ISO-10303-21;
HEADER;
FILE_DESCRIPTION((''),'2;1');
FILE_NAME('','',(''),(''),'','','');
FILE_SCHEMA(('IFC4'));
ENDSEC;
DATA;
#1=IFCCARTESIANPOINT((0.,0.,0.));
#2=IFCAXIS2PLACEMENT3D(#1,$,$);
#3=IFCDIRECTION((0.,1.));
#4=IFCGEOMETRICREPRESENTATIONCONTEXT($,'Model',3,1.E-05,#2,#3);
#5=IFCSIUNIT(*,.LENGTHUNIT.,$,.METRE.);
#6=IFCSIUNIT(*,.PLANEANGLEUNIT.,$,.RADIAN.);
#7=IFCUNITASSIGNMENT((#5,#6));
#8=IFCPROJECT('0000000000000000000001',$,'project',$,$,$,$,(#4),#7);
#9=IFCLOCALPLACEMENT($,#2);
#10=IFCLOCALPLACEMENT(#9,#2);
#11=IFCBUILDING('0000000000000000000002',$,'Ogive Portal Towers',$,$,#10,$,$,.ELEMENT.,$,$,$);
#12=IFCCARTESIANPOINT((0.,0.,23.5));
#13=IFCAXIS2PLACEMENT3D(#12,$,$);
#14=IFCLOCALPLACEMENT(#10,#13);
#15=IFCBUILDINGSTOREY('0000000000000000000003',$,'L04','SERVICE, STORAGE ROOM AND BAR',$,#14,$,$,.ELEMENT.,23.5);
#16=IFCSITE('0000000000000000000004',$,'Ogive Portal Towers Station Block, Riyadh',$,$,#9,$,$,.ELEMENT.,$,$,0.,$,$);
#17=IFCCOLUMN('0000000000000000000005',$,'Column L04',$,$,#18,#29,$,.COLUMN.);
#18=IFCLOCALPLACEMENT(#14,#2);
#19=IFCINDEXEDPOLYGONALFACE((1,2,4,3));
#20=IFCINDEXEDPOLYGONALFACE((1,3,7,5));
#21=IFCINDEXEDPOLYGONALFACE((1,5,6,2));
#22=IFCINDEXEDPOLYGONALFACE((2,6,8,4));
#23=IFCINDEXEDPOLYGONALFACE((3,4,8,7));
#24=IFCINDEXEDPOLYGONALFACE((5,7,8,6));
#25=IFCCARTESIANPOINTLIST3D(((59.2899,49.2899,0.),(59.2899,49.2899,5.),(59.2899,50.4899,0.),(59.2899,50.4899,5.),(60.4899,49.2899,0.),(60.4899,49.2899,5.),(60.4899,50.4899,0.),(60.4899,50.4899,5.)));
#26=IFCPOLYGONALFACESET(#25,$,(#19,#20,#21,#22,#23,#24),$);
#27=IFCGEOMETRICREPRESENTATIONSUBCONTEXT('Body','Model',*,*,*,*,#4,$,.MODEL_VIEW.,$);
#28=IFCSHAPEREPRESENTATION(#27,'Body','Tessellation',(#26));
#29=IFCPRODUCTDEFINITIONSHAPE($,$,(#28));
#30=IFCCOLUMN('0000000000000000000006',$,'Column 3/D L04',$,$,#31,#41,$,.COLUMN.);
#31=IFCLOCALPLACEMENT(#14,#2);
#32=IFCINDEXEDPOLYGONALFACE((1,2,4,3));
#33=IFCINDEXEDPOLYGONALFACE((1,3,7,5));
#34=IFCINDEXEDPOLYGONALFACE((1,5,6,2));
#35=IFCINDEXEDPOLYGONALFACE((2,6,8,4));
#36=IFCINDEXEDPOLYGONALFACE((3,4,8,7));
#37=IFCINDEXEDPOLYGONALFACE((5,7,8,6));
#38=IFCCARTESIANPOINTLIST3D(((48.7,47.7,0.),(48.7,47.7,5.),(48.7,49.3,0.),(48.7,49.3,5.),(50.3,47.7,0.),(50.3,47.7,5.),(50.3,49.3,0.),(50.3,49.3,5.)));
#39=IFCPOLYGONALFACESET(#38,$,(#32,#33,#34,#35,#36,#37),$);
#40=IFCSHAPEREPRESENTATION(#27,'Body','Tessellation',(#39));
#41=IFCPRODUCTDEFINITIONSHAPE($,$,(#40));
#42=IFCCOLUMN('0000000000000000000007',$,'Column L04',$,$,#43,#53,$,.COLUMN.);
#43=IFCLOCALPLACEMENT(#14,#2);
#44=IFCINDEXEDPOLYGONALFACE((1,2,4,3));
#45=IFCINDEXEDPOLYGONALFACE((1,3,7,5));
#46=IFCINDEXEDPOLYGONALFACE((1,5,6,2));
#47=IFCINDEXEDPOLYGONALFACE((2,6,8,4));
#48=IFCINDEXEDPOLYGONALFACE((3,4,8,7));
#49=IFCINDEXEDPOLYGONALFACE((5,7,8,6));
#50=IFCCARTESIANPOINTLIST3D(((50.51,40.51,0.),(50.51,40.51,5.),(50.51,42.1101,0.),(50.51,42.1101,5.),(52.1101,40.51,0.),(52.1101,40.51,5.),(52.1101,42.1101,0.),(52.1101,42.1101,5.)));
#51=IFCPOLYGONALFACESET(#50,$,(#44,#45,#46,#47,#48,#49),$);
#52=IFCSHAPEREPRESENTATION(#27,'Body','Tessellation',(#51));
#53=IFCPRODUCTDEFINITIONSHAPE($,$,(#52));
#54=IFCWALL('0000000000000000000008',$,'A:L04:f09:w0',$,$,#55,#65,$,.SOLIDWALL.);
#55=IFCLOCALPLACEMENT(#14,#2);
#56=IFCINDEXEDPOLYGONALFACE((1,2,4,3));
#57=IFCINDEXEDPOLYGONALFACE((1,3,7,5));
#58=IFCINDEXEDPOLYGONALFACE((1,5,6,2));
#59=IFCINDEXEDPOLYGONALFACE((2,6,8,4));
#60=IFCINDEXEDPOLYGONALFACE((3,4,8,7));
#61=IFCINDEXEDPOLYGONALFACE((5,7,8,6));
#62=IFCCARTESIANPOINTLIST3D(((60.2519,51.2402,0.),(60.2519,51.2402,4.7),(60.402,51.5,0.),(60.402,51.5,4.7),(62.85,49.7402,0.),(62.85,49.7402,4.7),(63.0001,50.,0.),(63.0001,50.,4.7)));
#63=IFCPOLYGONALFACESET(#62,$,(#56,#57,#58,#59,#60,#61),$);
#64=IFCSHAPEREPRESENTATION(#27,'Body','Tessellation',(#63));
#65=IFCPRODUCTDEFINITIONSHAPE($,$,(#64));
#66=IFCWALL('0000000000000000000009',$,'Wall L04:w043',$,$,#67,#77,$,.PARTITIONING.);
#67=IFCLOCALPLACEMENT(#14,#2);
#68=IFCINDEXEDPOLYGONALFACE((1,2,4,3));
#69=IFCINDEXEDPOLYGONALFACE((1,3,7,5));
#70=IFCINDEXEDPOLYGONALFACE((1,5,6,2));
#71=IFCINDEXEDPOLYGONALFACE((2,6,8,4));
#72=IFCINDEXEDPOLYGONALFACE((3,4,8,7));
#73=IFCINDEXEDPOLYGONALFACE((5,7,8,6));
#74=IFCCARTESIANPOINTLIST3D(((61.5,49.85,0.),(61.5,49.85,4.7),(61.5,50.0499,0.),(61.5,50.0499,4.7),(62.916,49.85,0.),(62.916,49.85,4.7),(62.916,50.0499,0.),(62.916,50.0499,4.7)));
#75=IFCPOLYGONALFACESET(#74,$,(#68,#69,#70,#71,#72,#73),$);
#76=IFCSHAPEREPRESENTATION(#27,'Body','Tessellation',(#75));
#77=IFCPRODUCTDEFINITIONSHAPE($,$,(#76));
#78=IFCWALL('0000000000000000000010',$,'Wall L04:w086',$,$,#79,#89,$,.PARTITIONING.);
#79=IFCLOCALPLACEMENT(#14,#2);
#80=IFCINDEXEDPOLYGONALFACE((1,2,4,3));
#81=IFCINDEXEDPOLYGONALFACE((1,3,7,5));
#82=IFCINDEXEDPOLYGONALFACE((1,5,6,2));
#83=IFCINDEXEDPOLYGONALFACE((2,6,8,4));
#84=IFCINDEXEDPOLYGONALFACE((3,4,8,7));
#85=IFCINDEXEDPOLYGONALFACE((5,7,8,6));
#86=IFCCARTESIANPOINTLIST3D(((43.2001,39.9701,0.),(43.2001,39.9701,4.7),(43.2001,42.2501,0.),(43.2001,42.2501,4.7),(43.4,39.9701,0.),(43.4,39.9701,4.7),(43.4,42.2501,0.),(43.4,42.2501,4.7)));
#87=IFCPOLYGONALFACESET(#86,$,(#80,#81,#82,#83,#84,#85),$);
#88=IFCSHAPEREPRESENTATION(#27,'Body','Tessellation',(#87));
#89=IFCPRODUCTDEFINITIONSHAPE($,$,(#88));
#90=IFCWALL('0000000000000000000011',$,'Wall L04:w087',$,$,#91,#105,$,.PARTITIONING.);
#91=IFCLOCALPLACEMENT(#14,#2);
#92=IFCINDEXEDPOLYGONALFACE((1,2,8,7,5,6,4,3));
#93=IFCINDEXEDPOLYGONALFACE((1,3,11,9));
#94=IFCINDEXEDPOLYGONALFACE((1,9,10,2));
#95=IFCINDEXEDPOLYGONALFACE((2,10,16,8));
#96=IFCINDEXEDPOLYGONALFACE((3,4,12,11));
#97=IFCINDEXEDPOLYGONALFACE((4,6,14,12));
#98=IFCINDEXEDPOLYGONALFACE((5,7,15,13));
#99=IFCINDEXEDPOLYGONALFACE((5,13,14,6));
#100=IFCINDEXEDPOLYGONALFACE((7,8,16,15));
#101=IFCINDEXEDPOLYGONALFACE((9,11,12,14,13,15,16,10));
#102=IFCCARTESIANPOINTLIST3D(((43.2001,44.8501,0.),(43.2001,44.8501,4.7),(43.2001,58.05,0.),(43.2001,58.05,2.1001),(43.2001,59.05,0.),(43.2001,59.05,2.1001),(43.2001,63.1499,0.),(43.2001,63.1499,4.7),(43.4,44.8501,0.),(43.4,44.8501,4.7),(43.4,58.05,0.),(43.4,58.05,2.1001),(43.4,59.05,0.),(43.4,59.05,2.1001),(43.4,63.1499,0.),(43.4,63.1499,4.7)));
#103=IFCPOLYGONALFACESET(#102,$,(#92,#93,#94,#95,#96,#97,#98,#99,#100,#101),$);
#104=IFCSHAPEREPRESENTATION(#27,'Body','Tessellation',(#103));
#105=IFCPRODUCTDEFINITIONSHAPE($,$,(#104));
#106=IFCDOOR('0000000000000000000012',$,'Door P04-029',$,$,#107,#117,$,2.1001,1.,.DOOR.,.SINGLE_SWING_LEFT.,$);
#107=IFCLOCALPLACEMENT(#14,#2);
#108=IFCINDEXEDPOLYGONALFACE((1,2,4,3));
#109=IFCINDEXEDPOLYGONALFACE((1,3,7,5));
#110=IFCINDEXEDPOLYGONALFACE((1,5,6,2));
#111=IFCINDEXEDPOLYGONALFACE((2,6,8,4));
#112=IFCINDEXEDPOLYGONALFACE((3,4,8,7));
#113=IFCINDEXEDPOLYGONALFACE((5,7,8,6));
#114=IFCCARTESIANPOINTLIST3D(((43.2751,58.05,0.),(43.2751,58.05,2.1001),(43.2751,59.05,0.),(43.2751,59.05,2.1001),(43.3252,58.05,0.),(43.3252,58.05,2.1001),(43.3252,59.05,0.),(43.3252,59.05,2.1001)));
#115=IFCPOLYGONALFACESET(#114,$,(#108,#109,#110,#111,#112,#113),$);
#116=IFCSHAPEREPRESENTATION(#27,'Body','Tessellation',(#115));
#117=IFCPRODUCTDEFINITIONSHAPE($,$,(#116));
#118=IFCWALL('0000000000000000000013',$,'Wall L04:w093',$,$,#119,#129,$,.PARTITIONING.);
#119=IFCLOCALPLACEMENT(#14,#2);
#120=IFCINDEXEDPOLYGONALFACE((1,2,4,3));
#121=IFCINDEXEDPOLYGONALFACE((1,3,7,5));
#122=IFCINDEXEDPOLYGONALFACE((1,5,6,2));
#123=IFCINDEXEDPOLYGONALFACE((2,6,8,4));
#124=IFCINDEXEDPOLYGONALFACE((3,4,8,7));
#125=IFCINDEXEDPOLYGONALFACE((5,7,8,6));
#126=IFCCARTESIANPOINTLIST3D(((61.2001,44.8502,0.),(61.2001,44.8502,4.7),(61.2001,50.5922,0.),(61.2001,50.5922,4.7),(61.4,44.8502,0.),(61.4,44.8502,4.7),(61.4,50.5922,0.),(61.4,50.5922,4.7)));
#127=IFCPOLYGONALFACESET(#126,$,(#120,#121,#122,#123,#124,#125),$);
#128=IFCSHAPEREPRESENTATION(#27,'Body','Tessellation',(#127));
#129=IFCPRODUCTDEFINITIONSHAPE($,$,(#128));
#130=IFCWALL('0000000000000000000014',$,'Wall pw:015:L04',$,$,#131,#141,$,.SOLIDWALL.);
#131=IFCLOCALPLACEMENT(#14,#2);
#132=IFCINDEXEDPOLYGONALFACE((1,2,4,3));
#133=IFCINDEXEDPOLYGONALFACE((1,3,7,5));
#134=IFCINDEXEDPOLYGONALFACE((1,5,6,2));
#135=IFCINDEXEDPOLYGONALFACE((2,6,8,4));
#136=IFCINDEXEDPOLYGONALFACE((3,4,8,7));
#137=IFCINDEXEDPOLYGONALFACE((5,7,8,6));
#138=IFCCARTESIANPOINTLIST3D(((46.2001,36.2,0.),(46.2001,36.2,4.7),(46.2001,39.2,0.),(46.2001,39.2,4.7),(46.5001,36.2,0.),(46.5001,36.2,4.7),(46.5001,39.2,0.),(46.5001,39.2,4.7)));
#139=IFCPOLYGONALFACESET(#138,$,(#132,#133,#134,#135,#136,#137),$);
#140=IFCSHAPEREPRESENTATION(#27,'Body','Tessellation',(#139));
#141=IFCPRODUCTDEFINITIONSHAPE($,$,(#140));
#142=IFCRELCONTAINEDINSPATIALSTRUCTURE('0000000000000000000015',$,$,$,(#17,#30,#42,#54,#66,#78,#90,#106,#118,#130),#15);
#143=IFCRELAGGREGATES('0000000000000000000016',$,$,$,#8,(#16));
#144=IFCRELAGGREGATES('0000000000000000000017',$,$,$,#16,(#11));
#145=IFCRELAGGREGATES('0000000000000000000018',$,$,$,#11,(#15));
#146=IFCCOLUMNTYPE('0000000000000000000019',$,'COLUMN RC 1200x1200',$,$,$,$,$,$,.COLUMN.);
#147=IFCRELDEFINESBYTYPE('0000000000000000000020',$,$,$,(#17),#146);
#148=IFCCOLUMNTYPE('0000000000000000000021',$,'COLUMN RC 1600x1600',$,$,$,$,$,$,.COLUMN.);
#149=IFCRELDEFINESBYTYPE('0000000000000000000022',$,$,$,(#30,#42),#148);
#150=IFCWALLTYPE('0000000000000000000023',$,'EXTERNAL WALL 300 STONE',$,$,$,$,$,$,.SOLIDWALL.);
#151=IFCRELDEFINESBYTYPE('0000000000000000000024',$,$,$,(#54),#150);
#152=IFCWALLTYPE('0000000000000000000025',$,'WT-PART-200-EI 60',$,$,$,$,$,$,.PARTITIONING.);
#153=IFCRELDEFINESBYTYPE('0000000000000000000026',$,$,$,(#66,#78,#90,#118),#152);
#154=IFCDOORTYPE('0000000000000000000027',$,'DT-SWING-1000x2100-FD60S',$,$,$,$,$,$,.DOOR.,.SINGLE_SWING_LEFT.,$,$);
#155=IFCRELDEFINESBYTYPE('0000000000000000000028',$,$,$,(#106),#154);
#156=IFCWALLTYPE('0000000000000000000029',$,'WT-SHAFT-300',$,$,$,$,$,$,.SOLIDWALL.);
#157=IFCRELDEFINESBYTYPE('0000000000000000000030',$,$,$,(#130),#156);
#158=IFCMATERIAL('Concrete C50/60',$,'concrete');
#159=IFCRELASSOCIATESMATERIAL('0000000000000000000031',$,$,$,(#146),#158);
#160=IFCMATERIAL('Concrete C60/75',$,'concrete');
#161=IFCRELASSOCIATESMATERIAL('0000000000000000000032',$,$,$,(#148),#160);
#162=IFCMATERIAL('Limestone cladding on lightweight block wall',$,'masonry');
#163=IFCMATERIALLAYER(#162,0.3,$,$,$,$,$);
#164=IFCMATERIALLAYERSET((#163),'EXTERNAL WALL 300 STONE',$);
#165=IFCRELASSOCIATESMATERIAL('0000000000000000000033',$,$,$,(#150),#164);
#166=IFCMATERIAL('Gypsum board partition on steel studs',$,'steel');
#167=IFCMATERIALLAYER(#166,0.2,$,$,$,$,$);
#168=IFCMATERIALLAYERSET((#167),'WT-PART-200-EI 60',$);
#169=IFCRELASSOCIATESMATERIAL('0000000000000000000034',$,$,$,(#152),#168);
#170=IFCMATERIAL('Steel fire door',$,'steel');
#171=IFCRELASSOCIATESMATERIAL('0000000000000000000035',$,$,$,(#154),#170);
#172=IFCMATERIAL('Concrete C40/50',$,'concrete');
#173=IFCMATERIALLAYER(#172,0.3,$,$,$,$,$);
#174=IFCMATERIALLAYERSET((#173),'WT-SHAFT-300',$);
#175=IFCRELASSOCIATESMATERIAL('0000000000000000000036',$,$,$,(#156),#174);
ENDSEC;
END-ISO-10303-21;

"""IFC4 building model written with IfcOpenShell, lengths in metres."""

from ifc_helpers import new_model, si_unit, direction, frame, frame_2d, origin, origin_2d, place, context, subcontext, project, spatial, rectangle, extrude, material, layer, layer_set, material_profile, profile_set, type_object, element, fill, save


model = new_model("IFC4")

# Units and contexts
model_context = context("Model", 3, precision=1e-05, world=origin(), true_north=direction((0.0, 1.0)))
body_context = subcontext(model_context, "Body", "Model", "MODEL_VIEW")
ifc_project = project(units=[si_unit("LENGTHUNIT", "METRE"), si_unit("PLANEANGLEUNIT", "RADIAN")], contexts=[model_context])

# Site, building, storey
site_placement = place(None, origin())
site = spatial("IfcSite", under=ifc_project, at=site_placement, Name="Ogive Portal Towers Station Block, Riyadh", CompositionType="ELEMENT", RefElevation=0.0)
building_placement = place(site_placement, origin())
building = spatial("IfcBuilding", under=site, at=building_placement, Name="Ogive Portal Towers", CompositionType="ELEMENT")
storey_placement = place(building_placement, frame((0.0, 0.0, 23.5)))
storey = spatial("IfcBuildingStorey", under=building, at=storey_placement, Name="L04", Description="SERVICE, STORAGE ROOM AND BAR", CompositionType="ELEMENT", Elevation=23.5)

# Columns
ifc_material_1 = material(Name="Concrete C50/60", Category="concrete")
ifc_material_profile_1 = material_profile(ifc_material_1, rectangle(XDim=1.2, YDim=1.2, at=origin_2d()), Name="RC 1200x1200")
ifc_profile_set_1 = profile_set([ifc_material_profile_1], Name="Concrete C50/60")
column_type_1 = type_object("IfcColumnType", Name="COLUMN RC 1200x1200", PredefinedType="COLUMN", material=ifc_profile_set_1)
column_placement = place(storey_placement, frame((59.8899, 49.8899, 0.0), z_axis=(0.0, 0.0, 1.0), x_axis=(1.0, 0.0, 0.0)))
element("IfcColumn", 1, at=column_placement, inside=storey, type_object=column_type_1, Name="Column L04", PredefinedType="COLUMN", context=body_context, shape_type="SweptSolid", body=[
    extrude(rectangle(XDim=1.2, YDim=1.2, at=origin_2d()), origin(), (0.0, 0.0, 1.0), 5.0),
])
ifc_material_2 = material(Name="Concrete C60/75", Category="concrete")
ifc_material_profile_2 = material_profile(ifc_material_2, rectangle(XDim=1.6001, YDim=1.6001, at=origin_2d()), Name="RC 1600x1600")
ifc_profile_set_2 = profile_set([ifc_material_profile_2], Name="Concrete C60/75")
column_type_2 = type_object("IfcColumnType", Name="COLUMN RC 1600x1600", PredefinedType="COLUMN", material=ifc_profile_set_2)
for number, where, z_axis, x_axis, name in (
    (2, (49.5, 48.5, 0.0), (0.0, 0.0, 1.0), (1.0, 0.0, 0.0), "Column 3/D L04"),
    (3, (51.3101, 41.3101, 0.0), (0.0, 0.0, 1.0), (1.0, 0.0, 0.0), "Column L04"),
):
    element("IfcColumn", number, at=place(storey_placement, frame(where, z_axis=z_axis, x_axis=x_axis)), inside=storey, type_object=column_type_2, Name=name, PredefinedType="COLUMN", context=body_context, shape_type="SweptSolid", body=[
        extrude(rectangle(XDim=1.6001, YDim=1.6001, at=origin_2d()), origin(), (0.0, 0.0, 1.0), 5.0),
    ])

# Shared definitions
ifc_material_3 = material(Name="Steel fire door", Category="steel")

# Walls
ifc_material_4 = material(Name="Limestone cladding on lightweight block wall", Category="masonry")
ifc_layer_1 = layer(ifc_material_4, 0.3)
ifc_layer_set_1 = layer_set([ifc_layer_1], Name="EXTERNAL WALL 300 STONE")
wall_type_1 = type_object("IfcWallType", Name="EXTERNAL WALL 300 STONE", PredefinedType="SOLIDWALL", material=ifc_layer_set_1)
wall_1_placement = place(storey_placement, frame((62.925, 49.8701, 0.0), z_axis=(0.0, 0.0, 1.0), x_axis=(-0.866031, 0.49999, 0.0)))
element("IfcWall", 4, at=wall_1_placement, inside=storey, type_object=wall_type_1, Name="A:L04:f09:w0", PredefinedType="SOLIDWALL", context=body_context, shape_type="SweptSolid", body=[
    extrude(rectangle(XDim=3.0, YDim=0.3, at=frame_2d((1.5, 0.0))), origin(), (0.0, 0.0, 1.0), 4.7),
])
ifc_material_5 = material(Name="Gypsum board partition on steel studs", Category="steel")
ifc_layer_2 = layer(ifc_material_5, 0.2)
ifc_layer_set_2 = layer_set([ifc_layer_2], Name="WT-PART-200-EI 60")
wall_type_2 = type_object("IfcWallType", Name="WT-PART-200-EI 60", PredefinedType="PARTITIONING", material=ifc_layer_set_2)
wall_2_placement = place(storey_placement, frame((61.5, 49.95, 0.0), z_axis=(0.0, 0.0, 1.0), x_axis=(1.0, 0.0, 0.0)))
element("IfcWall", 5, at=wall_2_placement, inside=storey, type_object=wall_type_2, Name="Wall L04:w043", PredefinedType="PARTITIONING", context=body_context, shape_type="SweptSolid", body=[
    extrude(rectangle(XDim=1.416, YDim=0.2, at=frame_2d((0.708, 0.0))), origin(), (0.0, 0.0, 1.0), 4.7),
])
wall_3_placement = place(storey_placement, frame((43.3, 39.97, 0.0), z_axis=(0.0, 0.0, 1.0), x_axis=(0.0, 1.0, 0.0)))
element("IfcWall", 6, at=wall_3_placement, inside=storey, type_object=wall_type_2, Name="Wall L04:w086", PredefinedType="PARTITIONING", context=body_context, shape_type="SweptSolid", body=[
    extrude(rectangle(XDim=2.28, YDim=0.2, at=frame_2d((1.1401, 0.0))), origin(), (0.0, 0.0, 1.0), 4.7),
])

# Wall, opening, door
wall_4_placement = place(storey_placement, frame((43.3, 44.8501, 0.0), z_axis=(0.0, 0.0, 1.0), x_axis=(0.0, 1.0, 0.0)))
wall_4 = element("IfcWall", 7, at=wall_4_placement, inside=storey, type_object=wall_type_2, Name="Wall L04:w087", PredefinedType="PARTITIONING", context=body_context, shape_type="SweptSolid", body=[
    extrude(rectangle(XDim=18.2998, YDim=0.2, at=frame_2d((9.1499, 0.0))), origin(), (0.0, 0.0, 1.0), 4.7),
])
opening_1_placement = place(wall_4_placement, frame((13.2, 0.0, 0.0)))
opening_1 = element("IfcOpeningElement", 8, at=opening_1_placement, cuts=wall_4, PredefinedType="OPENING", context=body_context, shape_type="SweptSolid", body=[
    extrude(rectangle(XDim=1.0, YDim=2.1001, at=frame_2d((0.5, 1.05))), frame((0.0, 0.1099, 0.0), z_axis=(0.0, -1.0, 0.0), x_axis=(1.0, 0.0, 0.0)), (0.0, 0.0, 1.0), 0.22),
])
door_type_1 = type_object("IfcDoorType", Name="DT-SWING-1000x2100-FD60S", OperationType="SINGLE_SWING_LEFT", PredefinedType="DOOR", material=ifc_material_3)
door_1_placement = place(opening_1_placement, origin())
door_1 = element("IfcDoor", 9, at=door_1_placement, inside=storey, type_object=door_type_1, Name="Door P04-029", OperationType="SINGLE_SWING_LEFT", OverallHeight=2.1001, OverallWidth=1.0, PredefinedType="DOOR", context=body_context, shape_type="SweptSolid", body=[
    extrude(rectangle(XDim=1.0, YDim=2.1001, at=frame_2d((0.5, 1.05))), frame((0.0, 0.0249, 0.0), z_axis=(0.0, -1.0, 0.0), x_axis=(1.0, 0.0, 0.0)), (0.0, 0.0, 1.0), 0.05),
])
fill(opening_1, door_1)

# Walls
wall_5_placement = place(storey_placement, frame((61.3, 44.8501, 0.0), z_axis=(0.0, 0.0, 1.0), x_axis=(0.0, 1.0, 0.0)))
element("IfcWall", 10, at=wall_5_placement, inside=storey, type_object=wall_type_2, Name="Wall L04:w093", PredefinedType="PARTITIONING", context=body_context, shape_type="SweptSolid", body=[
    extrude(rectangle(XDim=5.7419, YDim=0.2, at=frame_2d((2.8711, 0.0))), origin(), (0.0, 0.0, 1.0), 4.7),
])
ifc_material_6 = material(Name="Concrete C40/50", Category="concrete")
ifc_layer_3 = layer(ifc_material_6, 0.3)
ifc_layer_set_3 = layer_set([ifc_layer_3], Name="WT-SHAFT-300")
wall_type_3 = type_object("IfcWallType", Name="WT-SHAFT-300", PredefinedType="SOLIDWALL", material=ifc_layer_set_3)
wall_6_placement = place(storey_placement, frame((46.3501, 36.2, 0.0), z_axis=(0.0, 0.0, 1.0), x_axis=(0.0, 1.0, 0.0)))
element("IfcWall", 11, at=wall_6_placement, inside=storey, type_object=wall_type_3, Name="Wall pw:015:L04", PredefinedType="SOLIDWALL", context=body_context, shape_type="SweptSolid", body=[
    extrude(rectangle(XDim=3.0, YDim=0.3, at=frame_2d((1.5, 0.0))), origin(), (0.0, 0.0, 1.0), 4.7),
])

save(model, "model.ifc")
